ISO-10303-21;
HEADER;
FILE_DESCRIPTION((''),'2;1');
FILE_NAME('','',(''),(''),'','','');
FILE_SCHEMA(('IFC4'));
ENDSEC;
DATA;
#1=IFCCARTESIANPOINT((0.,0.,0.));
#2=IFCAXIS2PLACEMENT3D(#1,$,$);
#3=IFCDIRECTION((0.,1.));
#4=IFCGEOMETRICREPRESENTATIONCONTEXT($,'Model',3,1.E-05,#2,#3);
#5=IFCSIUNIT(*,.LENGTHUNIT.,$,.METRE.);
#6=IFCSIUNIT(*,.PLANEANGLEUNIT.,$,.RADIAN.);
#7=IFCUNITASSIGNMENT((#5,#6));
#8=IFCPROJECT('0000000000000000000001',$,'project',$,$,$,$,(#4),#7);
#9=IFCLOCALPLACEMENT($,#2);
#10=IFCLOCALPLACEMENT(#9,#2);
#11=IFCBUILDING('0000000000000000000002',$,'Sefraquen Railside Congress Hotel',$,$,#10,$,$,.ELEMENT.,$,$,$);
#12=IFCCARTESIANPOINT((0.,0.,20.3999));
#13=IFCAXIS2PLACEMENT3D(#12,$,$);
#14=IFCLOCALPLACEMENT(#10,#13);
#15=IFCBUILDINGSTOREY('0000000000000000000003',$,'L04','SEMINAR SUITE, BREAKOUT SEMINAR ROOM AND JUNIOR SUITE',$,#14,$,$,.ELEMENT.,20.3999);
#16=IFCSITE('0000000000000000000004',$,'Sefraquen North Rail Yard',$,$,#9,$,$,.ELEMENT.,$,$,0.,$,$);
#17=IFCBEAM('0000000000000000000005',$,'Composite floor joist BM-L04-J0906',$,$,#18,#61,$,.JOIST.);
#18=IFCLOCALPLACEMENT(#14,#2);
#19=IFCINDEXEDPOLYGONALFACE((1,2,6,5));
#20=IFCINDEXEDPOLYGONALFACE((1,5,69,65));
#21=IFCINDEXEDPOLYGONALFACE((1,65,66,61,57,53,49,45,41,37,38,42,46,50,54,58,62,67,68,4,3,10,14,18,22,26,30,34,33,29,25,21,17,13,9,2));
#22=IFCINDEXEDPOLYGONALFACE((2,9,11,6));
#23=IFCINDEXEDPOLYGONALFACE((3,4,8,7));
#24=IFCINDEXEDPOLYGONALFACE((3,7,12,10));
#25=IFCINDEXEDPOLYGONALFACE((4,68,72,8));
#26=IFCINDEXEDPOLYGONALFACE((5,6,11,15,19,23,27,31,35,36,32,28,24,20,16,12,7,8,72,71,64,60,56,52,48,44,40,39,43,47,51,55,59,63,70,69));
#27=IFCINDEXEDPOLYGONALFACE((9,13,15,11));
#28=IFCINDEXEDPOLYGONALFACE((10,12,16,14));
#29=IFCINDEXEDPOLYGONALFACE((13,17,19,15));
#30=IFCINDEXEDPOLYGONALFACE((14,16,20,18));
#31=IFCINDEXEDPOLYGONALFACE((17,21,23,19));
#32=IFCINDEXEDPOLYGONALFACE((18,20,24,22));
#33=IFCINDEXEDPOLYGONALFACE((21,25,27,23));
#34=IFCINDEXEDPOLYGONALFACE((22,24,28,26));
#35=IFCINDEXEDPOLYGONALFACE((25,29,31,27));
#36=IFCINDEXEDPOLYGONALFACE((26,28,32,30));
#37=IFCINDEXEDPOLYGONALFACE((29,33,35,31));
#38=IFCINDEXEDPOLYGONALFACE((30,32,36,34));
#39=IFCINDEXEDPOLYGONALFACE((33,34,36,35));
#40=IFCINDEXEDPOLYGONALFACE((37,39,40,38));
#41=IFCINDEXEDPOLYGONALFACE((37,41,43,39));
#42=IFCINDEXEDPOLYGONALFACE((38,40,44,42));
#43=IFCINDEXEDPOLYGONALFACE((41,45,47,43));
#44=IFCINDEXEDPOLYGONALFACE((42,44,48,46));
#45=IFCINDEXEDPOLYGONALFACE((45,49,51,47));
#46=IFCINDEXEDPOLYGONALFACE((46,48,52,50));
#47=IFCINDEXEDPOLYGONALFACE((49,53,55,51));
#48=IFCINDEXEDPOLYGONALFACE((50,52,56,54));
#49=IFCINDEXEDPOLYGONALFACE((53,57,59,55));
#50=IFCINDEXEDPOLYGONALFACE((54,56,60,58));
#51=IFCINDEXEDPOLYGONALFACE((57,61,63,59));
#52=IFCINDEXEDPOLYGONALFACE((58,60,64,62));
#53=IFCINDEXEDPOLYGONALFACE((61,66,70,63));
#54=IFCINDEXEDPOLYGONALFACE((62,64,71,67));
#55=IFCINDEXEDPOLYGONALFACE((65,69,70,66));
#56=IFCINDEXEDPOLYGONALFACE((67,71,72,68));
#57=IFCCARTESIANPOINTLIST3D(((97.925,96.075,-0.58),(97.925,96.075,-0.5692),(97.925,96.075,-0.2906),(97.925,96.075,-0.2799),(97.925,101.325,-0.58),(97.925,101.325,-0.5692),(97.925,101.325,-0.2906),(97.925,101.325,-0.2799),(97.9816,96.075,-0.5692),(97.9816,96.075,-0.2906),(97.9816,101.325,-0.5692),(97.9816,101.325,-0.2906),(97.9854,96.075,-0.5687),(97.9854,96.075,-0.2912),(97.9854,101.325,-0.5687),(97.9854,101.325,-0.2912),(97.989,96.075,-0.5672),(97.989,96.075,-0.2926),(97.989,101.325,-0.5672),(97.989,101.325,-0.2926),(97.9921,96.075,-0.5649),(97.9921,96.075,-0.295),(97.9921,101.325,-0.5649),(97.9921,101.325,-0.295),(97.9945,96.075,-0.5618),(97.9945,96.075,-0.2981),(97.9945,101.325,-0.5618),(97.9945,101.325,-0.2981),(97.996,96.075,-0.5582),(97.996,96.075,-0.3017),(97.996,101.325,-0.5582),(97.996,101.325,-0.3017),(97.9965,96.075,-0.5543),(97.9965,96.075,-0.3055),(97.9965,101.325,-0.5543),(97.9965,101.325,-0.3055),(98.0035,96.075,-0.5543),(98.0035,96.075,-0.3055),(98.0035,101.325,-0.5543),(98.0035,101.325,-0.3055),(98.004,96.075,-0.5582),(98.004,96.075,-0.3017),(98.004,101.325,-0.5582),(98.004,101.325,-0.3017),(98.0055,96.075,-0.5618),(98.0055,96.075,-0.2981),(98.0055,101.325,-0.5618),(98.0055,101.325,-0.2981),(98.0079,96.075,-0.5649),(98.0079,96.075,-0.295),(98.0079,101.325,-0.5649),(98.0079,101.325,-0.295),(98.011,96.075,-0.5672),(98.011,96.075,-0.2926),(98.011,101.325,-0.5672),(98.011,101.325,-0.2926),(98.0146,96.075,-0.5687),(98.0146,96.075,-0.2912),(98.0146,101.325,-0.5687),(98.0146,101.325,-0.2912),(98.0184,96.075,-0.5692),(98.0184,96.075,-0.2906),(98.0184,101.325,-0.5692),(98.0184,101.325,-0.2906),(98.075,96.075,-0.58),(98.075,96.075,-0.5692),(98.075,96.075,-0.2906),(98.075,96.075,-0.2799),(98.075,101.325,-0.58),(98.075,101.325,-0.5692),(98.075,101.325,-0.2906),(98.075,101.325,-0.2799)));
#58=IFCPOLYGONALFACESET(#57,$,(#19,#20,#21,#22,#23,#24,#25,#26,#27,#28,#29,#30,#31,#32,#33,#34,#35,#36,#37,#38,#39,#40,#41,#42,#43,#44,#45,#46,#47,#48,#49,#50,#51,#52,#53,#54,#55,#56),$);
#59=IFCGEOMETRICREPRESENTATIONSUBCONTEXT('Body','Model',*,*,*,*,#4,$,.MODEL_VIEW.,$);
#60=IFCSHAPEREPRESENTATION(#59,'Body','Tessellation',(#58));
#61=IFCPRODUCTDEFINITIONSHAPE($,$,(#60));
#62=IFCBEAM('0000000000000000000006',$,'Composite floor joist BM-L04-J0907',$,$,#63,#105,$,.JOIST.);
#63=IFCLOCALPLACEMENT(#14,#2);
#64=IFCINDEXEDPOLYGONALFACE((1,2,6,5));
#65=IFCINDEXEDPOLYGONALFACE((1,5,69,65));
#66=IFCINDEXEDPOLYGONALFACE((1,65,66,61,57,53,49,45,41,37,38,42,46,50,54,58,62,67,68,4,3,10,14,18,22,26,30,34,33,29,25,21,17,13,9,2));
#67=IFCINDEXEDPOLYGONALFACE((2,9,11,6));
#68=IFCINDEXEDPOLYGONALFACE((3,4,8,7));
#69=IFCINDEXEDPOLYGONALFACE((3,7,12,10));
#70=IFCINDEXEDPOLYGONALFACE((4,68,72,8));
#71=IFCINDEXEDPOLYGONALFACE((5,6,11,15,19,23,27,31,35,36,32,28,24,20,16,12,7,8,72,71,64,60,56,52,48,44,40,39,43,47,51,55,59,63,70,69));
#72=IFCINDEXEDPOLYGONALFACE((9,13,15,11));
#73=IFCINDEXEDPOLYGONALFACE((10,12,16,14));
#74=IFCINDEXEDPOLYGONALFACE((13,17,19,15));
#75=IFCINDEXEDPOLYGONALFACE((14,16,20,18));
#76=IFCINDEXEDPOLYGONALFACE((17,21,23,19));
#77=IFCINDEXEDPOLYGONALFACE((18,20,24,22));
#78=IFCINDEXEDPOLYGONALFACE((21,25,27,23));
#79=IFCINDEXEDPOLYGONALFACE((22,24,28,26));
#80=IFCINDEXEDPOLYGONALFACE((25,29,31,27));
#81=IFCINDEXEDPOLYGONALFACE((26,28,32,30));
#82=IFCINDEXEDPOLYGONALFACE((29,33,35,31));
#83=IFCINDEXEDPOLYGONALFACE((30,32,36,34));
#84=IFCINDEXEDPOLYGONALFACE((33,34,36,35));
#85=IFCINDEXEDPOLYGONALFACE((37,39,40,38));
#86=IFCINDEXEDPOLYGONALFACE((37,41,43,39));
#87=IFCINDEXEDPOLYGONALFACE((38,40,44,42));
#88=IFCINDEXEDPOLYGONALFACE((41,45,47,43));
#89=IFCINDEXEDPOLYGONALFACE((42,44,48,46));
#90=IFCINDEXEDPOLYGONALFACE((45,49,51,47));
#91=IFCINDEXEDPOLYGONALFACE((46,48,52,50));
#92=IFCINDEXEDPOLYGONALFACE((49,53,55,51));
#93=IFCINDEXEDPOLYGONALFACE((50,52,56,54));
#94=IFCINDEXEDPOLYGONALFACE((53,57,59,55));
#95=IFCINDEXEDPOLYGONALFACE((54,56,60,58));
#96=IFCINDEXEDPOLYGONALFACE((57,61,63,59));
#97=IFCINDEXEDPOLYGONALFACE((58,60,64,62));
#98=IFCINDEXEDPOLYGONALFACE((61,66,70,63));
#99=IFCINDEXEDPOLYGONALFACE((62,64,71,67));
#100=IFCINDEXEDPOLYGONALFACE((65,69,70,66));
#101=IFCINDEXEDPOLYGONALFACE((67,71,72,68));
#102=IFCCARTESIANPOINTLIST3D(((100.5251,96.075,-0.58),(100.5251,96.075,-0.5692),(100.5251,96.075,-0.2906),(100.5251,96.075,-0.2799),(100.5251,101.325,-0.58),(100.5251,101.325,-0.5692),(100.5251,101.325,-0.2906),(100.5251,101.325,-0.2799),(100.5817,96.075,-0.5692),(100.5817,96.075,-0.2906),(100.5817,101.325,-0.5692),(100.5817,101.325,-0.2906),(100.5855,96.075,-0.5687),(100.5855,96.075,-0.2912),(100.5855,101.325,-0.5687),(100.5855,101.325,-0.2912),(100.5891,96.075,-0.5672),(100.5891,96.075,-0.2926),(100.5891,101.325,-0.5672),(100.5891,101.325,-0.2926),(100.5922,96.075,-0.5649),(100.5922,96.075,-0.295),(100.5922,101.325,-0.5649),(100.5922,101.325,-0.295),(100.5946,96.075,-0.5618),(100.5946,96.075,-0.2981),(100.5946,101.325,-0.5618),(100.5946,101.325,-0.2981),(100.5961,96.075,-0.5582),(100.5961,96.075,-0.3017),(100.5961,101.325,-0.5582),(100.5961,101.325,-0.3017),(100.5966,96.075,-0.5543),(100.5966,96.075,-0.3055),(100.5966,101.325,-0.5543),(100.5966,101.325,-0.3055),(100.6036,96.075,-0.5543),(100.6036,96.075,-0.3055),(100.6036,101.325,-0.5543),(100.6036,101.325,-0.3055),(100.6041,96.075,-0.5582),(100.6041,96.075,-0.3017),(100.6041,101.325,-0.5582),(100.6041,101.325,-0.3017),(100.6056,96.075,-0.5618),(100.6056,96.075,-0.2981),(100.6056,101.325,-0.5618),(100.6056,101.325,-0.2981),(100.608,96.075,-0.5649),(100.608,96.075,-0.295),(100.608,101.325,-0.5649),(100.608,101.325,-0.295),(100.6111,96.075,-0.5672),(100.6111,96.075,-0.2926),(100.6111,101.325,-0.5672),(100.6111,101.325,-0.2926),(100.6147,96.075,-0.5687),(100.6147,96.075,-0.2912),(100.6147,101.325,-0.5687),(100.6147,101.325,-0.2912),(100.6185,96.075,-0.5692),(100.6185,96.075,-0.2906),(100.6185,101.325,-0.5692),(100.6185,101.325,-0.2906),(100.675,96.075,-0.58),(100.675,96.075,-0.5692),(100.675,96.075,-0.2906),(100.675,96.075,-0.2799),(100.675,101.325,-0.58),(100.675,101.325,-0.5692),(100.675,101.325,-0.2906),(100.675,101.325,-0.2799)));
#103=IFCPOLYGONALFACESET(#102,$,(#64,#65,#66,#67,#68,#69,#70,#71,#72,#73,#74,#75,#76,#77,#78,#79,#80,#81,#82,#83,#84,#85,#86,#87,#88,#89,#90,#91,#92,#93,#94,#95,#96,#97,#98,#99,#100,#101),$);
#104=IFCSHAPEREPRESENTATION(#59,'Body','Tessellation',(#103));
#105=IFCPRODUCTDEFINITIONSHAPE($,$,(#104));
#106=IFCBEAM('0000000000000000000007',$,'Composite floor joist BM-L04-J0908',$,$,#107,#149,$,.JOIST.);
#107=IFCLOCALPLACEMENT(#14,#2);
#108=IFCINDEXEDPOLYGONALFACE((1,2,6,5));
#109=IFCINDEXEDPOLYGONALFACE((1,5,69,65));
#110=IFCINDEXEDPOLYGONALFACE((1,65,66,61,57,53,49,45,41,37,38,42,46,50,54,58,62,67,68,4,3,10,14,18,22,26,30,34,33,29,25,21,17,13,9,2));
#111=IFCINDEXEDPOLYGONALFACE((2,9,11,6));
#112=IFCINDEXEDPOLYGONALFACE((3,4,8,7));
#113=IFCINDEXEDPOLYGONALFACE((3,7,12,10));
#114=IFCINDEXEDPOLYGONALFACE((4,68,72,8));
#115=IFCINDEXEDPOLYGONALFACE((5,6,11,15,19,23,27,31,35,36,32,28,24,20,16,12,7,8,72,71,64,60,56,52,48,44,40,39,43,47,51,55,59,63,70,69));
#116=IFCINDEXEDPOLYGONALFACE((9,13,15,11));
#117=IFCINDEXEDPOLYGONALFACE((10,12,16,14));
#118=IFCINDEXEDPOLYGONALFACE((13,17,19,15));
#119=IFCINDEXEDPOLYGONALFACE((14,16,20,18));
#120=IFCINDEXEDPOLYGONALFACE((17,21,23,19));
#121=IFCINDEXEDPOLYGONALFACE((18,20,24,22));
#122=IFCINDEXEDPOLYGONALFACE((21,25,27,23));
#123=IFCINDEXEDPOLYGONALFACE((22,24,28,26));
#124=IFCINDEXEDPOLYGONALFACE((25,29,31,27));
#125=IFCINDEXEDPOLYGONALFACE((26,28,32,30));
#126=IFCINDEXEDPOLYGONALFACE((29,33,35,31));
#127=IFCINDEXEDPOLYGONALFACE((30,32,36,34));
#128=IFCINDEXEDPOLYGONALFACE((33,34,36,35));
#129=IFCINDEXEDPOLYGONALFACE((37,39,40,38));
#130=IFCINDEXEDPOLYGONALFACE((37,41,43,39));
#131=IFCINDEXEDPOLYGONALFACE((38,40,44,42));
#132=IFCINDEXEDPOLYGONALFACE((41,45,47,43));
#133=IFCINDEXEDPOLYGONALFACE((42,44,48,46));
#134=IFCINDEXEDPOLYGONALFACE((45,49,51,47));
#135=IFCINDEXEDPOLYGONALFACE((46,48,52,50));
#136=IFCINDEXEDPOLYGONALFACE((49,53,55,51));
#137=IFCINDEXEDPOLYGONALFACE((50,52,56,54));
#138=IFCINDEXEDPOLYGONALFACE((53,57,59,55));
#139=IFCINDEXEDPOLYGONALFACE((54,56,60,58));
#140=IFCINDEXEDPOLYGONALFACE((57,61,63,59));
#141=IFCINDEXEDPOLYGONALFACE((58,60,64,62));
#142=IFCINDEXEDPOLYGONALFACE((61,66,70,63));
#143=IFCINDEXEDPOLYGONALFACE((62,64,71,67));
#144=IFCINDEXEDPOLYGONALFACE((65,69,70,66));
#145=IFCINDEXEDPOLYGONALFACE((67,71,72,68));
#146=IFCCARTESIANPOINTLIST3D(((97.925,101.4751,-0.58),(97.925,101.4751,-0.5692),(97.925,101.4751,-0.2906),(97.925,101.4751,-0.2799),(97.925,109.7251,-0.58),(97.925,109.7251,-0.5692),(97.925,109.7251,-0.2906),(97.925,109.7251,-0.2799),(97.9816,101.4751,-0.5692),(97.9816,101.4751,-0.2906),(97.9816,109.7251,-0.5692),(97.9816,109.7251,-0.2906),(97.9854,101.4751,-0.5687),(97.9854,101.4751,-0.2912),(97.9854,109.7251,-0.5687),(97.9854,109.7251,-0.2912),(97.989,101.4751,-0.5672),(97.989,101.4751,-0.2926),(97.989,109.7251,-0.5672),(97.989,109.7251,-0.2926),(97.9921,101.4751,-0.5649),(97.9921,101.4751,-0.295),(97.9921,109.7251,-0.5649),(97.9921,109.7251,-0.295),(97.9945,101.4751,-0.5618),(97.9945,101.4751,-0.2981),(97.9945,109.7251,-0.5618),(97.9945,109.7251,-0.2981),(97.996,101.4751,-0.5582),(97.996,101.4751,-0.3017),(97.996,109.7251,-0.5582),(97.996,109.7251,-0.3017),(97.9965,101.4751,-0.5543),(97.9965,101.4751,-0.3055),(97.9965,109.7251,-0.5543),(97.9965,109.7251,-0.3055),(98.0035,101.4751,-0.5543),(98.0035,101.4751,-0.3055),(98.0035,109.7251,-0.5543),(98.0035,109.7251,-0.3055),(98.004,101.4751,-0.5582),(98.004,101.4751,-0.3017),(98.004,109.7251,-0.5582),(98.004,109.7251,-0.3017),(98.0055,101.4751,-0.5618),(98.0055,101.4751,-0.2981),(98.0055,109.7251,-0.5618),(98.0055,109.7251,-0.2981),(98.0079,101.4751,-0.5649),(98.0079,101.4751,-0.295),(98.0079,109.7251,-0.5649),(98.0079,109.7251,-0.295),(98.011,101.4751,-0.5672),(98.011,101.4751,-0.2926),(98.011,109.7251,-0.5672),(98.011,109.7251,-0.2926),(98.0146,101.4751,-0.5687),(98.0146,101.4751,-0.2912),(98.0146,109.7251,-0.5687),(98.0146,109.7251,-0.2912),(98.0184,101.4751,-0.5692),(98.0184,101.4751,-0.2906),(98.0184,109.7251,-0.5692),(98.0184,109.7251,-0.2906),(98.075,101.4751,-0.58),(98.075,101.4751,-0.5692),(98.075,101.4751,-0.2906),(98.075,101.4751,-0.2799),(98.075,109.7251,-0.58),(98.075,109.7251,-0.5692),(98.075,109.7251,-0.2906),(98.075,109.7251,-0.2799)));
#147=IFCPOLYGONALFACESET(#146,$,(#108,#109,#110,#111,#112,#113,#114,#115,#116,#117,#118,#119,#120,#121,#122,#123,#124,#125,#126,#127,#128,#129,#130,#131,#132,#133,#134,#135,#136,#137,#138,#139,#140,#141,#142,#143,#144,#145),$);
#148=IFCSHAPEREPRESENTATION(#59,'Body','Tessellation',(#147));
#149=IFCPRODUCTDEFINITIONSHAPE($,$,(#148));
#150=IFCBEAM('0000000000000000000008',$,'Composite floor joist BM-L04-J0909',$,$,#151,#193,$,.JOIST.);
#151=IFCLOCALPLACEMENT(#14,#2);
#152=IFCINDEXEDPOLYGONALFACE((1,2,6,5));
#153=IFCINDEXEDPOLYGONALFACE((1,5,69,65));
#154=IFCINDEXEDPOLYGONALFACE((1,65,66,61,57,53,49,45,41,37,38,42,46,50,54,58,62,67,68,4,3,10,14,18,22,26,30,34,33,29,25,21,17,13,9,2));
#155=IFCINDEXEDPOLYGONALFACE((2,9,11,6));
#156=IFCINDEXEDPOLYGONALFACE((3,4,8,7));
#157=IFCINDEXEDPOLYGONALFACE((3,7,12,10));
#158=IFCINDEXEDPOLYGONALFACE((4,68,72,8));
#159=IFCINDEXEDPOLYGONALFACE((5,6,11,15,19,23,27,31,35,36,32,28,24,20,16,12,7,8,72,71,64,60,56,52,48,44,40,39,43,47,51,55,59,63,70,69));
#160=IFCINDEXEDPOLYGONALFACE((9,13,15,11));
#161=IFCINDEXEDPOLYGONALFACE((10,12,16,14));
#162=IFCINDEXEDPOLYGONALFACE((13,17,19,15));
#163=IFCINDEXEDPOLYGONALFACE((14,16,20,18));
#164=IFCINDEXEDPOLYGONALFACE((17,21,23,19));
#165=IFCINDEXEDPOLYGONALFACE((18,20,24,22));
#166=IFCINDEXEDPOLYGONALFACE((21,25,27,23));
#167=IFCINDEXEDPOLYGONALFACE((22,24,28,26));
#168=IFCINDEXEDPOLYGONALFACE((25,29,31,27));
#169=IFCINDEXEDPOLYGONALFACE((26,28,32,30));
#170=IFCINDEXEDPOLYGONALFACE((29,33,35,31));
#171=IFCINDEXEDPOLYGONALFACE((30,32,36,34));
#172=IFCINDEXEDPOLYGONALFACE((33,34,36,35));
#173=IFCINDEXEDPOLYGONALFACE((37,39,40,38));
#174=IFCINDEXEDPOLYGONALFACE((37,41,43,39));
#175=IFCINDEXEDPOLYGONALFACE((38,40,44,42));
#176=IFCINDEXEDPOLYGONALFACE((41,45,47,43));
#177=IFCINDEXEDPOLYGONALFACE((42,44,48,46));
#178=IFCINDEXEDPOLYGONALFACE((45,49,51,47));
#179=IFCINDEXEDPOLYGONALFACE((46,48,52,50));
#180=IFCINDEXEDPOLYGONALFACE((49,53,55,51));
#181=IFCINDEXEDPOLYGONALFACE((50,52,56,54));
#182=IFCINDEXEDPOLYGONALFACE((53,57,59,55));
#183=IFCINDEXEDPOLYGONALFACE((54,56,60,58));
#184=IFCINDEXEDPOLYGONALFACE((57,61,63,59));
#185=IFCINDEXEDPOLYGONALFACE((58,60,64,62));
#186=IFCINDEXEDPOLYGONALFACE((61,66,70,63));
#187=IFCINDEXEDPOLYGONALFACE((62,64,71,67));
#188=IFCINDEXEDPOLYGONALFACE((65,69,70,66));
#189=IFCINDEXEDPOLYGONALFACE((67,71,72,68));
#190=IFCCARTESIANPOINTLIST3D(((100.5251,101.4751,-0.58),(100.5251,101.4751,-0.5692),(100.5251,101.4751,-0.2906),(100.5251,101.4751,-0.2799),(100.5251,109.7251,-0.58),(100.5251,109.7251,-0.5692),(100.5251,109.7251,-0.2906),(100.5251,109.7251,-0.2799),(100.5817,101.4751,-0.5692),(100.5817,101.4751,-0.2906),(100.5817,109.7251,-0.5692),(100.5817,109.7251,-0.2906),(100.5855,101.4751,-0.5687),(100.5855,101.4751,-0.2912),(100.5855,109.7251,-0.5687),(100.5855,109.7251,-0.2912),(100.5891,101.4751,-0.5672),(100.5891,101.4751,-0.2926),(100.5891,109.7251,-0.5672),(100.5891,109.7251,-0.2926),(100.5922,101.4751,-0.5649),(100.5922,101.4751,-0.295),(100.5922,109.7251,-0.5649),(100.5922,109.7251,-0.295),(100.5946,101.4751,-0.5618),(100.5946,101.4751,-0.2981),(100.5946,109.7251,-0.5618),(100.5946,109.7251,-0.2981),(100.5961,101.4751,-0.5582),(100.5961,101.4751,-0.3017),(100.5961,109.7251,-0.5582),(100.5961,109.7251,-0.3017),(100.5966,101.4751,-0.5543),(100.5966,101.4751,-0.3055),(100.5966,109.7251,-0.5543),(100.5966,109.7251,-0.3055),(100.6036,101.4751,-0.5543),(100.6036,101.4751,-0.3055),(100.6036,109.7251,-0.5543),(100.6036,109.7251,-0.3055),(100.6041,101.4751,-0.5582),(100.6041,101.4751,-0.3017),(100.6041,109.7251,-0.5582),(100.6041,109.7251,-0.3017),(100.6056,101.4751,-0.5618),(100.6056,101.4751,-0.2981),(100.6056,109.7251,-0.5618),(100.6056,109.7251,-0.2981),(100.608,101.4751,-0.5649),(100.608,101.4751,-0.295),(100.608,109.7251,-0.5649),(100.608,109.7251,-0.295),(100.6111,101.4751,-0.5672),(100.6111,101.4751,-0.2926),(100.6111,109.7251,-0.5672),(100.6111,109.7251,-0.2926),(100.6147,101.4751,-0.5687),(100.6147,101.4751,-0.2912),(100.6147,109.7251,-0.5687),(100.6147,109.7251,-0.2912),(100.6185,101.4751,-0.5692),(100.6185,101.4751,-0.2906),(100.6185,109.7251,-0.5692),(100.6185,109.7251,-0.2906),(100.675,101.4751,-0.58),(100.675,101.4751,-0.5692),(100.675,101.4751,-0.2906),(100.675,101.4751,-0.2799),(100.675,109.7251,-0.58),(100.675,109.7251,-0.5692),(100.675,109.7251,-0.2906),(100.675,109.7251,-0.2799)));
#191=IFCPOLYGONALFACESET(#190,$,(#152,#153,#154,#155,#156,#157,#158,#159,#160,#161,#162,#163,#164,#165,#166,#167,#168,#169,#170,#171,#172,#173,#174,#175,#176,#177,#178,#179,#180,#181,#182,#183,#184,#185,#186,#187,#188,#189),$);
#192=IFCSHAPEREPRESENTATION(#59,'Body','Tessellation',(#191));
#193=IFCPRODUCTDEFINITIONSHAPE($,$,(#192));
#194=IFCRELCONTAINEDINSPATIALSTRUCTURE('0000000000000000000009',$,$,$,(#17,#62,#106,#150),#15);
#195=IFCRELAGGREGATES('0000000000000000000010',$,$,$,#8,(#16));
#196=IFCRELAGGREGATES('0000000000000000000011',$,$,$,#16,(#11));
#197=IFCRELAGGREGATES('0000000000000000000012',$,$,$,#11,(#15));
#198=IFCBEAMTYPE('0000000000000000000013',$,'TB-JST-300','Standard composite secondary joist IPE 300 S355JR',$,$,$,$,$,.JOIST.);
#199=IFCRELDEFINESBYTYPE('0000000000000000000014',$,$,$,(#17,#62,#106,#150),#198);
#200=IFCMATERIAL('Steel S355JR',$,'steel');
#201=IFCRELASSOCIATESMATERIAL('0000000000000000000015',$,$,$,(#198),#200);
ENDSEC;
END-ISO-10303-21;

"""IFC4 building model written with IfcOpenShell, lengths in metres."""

from ifc_helpers import new_model, si_unit, direction, frame, origin, origin_2d, place, context, subcontext, project, spatial, i_section, extrude, material, material_profile, profile_set, type_object, element, save


model = new_model("IFC4")

# Units and contexts
model_context = context("Model", 3, precision=1e-05, world=origin(), true_north=direction((0.0, 1.0)))
body_context = subcontext(model_context, "Body", "Model", "MODEL_VIEW")
ifc_project = project(units=[si_unit("LENGTHUNIT", "METRE"), si_unit("PLANEANGLEUNIT", "RADIAN")], contexts=[model_context])

# Site, building, storey
site_placement = place(None, origin())
site = spatial("IfcSite", under=ifc_project, at=site_placement, Name="Sefraquen North Rail Yard", CompositionType="ELEMENT", RefElevation=0.0)
building_placement = place(site_placement, origin())
building = spatial("IfcBuilding", under=site, at=building_placement, Name="Sefraquen Railside Congress Hotel", CompositionType="ELEMENT")
storey_placement = place(building_placement, frame((0.0, 0.0, 20.3999)))
storey = spatial("IfcBuildingStorey", under=building, at=storey_placement, Name="L04", Description="SEMINAR SUITE, BREAKOUT SEMINAR ROOM AND JUNIOR SUITE", CompositionType="ELEMENT", Elevation=20.3999)

# Shared definitions
ifc_material_1 = material(Name="Steel S355JR", Category="steel")

# Beams
ifc_material_profile_1 = material_profile(ifc_material_1, i_section(OverallWidth=0.1499, OverallDepth=0.3, WebThickness=0.0071, FlangeThickness=0.0107, FilletRadius=0.0149, at=origin_2d()), Name="IPE 300")
ifc_profile_set_1 = profile_set([ifc_material_profile_1], Name="Steel S355JR")
beam_type_1 = type_object("IfcBeamType", Name="TB-JST-300", Description="Standard composite secondary joist IPE 300 S355JR", PredefinedType="JOIST", material=ifc_profile_set_1)
for number, where, z_axis, x_axis, name in (
    (1, (98.0, 96.075, -0.4299), (0.0, 1.0, 0.0), (-1.0, 0.0, 0.0), "Composite floor joist BM-L04-J0906"),
    (2, (100.6001, 96.075, -0.4299), (0.0, 1.0, 0.0), (-1.0, 0.0, 0.0), "Composite floor joist BM-L04-J0907"),
):
    element("IfcBeam", number, at=place(storey_placement, frame(where, z_axis=z_axis, x_axis=x_axis)), inside=storey, type_object=beam_type_1, Name=name, PredefinedType="JOIST", context=body_context, shape_type="SweptSolid", body=[
        extrude(i_section(OverallWidth=0.1499, OverallDepth=0.3, WebThickness=0.0071, FlangeThickness=0.0107, FilletRadius=0.0149, at=origin_2d()), origin(), (0.0, 0.0, 1.0), 5.25),
    ])
for number, where, z_axis, x_axis, name in (
    (3, (98.0, 101.4751, -0.4299), (0.0, 1.0, 0.0), (-1.0, 0.0, 0.0), "Composite floor joist BM-L04-J0908"),
    (4, (100.6001, 101.4751, -0.4299), (0.0, 1.0, 0.0), (-1.0, 0.0, 0.0), "Composite floor joist BM-L04-J0909"),
):
    element("IfcBeam", number, at=place(storey_placement, frame(where, z_axis=z_axis, x_axis=x_axis)), inside=storey, type_object=beam_type_1, Name=name, PredefinedType="JOIST", context=body_context, shape_type="SweptSolid", body=[
        extrude(i_section(OverallWidth=0.1499, OverallDepth=0.3, WebThickness=0.0071, FlangeThickness=0.0107, FilletRadius=0.0149, at=origin_2d()), origin(), (0.0, 0.0, 1.0), 8.25),
    ])

save(model, "model.ifc")
